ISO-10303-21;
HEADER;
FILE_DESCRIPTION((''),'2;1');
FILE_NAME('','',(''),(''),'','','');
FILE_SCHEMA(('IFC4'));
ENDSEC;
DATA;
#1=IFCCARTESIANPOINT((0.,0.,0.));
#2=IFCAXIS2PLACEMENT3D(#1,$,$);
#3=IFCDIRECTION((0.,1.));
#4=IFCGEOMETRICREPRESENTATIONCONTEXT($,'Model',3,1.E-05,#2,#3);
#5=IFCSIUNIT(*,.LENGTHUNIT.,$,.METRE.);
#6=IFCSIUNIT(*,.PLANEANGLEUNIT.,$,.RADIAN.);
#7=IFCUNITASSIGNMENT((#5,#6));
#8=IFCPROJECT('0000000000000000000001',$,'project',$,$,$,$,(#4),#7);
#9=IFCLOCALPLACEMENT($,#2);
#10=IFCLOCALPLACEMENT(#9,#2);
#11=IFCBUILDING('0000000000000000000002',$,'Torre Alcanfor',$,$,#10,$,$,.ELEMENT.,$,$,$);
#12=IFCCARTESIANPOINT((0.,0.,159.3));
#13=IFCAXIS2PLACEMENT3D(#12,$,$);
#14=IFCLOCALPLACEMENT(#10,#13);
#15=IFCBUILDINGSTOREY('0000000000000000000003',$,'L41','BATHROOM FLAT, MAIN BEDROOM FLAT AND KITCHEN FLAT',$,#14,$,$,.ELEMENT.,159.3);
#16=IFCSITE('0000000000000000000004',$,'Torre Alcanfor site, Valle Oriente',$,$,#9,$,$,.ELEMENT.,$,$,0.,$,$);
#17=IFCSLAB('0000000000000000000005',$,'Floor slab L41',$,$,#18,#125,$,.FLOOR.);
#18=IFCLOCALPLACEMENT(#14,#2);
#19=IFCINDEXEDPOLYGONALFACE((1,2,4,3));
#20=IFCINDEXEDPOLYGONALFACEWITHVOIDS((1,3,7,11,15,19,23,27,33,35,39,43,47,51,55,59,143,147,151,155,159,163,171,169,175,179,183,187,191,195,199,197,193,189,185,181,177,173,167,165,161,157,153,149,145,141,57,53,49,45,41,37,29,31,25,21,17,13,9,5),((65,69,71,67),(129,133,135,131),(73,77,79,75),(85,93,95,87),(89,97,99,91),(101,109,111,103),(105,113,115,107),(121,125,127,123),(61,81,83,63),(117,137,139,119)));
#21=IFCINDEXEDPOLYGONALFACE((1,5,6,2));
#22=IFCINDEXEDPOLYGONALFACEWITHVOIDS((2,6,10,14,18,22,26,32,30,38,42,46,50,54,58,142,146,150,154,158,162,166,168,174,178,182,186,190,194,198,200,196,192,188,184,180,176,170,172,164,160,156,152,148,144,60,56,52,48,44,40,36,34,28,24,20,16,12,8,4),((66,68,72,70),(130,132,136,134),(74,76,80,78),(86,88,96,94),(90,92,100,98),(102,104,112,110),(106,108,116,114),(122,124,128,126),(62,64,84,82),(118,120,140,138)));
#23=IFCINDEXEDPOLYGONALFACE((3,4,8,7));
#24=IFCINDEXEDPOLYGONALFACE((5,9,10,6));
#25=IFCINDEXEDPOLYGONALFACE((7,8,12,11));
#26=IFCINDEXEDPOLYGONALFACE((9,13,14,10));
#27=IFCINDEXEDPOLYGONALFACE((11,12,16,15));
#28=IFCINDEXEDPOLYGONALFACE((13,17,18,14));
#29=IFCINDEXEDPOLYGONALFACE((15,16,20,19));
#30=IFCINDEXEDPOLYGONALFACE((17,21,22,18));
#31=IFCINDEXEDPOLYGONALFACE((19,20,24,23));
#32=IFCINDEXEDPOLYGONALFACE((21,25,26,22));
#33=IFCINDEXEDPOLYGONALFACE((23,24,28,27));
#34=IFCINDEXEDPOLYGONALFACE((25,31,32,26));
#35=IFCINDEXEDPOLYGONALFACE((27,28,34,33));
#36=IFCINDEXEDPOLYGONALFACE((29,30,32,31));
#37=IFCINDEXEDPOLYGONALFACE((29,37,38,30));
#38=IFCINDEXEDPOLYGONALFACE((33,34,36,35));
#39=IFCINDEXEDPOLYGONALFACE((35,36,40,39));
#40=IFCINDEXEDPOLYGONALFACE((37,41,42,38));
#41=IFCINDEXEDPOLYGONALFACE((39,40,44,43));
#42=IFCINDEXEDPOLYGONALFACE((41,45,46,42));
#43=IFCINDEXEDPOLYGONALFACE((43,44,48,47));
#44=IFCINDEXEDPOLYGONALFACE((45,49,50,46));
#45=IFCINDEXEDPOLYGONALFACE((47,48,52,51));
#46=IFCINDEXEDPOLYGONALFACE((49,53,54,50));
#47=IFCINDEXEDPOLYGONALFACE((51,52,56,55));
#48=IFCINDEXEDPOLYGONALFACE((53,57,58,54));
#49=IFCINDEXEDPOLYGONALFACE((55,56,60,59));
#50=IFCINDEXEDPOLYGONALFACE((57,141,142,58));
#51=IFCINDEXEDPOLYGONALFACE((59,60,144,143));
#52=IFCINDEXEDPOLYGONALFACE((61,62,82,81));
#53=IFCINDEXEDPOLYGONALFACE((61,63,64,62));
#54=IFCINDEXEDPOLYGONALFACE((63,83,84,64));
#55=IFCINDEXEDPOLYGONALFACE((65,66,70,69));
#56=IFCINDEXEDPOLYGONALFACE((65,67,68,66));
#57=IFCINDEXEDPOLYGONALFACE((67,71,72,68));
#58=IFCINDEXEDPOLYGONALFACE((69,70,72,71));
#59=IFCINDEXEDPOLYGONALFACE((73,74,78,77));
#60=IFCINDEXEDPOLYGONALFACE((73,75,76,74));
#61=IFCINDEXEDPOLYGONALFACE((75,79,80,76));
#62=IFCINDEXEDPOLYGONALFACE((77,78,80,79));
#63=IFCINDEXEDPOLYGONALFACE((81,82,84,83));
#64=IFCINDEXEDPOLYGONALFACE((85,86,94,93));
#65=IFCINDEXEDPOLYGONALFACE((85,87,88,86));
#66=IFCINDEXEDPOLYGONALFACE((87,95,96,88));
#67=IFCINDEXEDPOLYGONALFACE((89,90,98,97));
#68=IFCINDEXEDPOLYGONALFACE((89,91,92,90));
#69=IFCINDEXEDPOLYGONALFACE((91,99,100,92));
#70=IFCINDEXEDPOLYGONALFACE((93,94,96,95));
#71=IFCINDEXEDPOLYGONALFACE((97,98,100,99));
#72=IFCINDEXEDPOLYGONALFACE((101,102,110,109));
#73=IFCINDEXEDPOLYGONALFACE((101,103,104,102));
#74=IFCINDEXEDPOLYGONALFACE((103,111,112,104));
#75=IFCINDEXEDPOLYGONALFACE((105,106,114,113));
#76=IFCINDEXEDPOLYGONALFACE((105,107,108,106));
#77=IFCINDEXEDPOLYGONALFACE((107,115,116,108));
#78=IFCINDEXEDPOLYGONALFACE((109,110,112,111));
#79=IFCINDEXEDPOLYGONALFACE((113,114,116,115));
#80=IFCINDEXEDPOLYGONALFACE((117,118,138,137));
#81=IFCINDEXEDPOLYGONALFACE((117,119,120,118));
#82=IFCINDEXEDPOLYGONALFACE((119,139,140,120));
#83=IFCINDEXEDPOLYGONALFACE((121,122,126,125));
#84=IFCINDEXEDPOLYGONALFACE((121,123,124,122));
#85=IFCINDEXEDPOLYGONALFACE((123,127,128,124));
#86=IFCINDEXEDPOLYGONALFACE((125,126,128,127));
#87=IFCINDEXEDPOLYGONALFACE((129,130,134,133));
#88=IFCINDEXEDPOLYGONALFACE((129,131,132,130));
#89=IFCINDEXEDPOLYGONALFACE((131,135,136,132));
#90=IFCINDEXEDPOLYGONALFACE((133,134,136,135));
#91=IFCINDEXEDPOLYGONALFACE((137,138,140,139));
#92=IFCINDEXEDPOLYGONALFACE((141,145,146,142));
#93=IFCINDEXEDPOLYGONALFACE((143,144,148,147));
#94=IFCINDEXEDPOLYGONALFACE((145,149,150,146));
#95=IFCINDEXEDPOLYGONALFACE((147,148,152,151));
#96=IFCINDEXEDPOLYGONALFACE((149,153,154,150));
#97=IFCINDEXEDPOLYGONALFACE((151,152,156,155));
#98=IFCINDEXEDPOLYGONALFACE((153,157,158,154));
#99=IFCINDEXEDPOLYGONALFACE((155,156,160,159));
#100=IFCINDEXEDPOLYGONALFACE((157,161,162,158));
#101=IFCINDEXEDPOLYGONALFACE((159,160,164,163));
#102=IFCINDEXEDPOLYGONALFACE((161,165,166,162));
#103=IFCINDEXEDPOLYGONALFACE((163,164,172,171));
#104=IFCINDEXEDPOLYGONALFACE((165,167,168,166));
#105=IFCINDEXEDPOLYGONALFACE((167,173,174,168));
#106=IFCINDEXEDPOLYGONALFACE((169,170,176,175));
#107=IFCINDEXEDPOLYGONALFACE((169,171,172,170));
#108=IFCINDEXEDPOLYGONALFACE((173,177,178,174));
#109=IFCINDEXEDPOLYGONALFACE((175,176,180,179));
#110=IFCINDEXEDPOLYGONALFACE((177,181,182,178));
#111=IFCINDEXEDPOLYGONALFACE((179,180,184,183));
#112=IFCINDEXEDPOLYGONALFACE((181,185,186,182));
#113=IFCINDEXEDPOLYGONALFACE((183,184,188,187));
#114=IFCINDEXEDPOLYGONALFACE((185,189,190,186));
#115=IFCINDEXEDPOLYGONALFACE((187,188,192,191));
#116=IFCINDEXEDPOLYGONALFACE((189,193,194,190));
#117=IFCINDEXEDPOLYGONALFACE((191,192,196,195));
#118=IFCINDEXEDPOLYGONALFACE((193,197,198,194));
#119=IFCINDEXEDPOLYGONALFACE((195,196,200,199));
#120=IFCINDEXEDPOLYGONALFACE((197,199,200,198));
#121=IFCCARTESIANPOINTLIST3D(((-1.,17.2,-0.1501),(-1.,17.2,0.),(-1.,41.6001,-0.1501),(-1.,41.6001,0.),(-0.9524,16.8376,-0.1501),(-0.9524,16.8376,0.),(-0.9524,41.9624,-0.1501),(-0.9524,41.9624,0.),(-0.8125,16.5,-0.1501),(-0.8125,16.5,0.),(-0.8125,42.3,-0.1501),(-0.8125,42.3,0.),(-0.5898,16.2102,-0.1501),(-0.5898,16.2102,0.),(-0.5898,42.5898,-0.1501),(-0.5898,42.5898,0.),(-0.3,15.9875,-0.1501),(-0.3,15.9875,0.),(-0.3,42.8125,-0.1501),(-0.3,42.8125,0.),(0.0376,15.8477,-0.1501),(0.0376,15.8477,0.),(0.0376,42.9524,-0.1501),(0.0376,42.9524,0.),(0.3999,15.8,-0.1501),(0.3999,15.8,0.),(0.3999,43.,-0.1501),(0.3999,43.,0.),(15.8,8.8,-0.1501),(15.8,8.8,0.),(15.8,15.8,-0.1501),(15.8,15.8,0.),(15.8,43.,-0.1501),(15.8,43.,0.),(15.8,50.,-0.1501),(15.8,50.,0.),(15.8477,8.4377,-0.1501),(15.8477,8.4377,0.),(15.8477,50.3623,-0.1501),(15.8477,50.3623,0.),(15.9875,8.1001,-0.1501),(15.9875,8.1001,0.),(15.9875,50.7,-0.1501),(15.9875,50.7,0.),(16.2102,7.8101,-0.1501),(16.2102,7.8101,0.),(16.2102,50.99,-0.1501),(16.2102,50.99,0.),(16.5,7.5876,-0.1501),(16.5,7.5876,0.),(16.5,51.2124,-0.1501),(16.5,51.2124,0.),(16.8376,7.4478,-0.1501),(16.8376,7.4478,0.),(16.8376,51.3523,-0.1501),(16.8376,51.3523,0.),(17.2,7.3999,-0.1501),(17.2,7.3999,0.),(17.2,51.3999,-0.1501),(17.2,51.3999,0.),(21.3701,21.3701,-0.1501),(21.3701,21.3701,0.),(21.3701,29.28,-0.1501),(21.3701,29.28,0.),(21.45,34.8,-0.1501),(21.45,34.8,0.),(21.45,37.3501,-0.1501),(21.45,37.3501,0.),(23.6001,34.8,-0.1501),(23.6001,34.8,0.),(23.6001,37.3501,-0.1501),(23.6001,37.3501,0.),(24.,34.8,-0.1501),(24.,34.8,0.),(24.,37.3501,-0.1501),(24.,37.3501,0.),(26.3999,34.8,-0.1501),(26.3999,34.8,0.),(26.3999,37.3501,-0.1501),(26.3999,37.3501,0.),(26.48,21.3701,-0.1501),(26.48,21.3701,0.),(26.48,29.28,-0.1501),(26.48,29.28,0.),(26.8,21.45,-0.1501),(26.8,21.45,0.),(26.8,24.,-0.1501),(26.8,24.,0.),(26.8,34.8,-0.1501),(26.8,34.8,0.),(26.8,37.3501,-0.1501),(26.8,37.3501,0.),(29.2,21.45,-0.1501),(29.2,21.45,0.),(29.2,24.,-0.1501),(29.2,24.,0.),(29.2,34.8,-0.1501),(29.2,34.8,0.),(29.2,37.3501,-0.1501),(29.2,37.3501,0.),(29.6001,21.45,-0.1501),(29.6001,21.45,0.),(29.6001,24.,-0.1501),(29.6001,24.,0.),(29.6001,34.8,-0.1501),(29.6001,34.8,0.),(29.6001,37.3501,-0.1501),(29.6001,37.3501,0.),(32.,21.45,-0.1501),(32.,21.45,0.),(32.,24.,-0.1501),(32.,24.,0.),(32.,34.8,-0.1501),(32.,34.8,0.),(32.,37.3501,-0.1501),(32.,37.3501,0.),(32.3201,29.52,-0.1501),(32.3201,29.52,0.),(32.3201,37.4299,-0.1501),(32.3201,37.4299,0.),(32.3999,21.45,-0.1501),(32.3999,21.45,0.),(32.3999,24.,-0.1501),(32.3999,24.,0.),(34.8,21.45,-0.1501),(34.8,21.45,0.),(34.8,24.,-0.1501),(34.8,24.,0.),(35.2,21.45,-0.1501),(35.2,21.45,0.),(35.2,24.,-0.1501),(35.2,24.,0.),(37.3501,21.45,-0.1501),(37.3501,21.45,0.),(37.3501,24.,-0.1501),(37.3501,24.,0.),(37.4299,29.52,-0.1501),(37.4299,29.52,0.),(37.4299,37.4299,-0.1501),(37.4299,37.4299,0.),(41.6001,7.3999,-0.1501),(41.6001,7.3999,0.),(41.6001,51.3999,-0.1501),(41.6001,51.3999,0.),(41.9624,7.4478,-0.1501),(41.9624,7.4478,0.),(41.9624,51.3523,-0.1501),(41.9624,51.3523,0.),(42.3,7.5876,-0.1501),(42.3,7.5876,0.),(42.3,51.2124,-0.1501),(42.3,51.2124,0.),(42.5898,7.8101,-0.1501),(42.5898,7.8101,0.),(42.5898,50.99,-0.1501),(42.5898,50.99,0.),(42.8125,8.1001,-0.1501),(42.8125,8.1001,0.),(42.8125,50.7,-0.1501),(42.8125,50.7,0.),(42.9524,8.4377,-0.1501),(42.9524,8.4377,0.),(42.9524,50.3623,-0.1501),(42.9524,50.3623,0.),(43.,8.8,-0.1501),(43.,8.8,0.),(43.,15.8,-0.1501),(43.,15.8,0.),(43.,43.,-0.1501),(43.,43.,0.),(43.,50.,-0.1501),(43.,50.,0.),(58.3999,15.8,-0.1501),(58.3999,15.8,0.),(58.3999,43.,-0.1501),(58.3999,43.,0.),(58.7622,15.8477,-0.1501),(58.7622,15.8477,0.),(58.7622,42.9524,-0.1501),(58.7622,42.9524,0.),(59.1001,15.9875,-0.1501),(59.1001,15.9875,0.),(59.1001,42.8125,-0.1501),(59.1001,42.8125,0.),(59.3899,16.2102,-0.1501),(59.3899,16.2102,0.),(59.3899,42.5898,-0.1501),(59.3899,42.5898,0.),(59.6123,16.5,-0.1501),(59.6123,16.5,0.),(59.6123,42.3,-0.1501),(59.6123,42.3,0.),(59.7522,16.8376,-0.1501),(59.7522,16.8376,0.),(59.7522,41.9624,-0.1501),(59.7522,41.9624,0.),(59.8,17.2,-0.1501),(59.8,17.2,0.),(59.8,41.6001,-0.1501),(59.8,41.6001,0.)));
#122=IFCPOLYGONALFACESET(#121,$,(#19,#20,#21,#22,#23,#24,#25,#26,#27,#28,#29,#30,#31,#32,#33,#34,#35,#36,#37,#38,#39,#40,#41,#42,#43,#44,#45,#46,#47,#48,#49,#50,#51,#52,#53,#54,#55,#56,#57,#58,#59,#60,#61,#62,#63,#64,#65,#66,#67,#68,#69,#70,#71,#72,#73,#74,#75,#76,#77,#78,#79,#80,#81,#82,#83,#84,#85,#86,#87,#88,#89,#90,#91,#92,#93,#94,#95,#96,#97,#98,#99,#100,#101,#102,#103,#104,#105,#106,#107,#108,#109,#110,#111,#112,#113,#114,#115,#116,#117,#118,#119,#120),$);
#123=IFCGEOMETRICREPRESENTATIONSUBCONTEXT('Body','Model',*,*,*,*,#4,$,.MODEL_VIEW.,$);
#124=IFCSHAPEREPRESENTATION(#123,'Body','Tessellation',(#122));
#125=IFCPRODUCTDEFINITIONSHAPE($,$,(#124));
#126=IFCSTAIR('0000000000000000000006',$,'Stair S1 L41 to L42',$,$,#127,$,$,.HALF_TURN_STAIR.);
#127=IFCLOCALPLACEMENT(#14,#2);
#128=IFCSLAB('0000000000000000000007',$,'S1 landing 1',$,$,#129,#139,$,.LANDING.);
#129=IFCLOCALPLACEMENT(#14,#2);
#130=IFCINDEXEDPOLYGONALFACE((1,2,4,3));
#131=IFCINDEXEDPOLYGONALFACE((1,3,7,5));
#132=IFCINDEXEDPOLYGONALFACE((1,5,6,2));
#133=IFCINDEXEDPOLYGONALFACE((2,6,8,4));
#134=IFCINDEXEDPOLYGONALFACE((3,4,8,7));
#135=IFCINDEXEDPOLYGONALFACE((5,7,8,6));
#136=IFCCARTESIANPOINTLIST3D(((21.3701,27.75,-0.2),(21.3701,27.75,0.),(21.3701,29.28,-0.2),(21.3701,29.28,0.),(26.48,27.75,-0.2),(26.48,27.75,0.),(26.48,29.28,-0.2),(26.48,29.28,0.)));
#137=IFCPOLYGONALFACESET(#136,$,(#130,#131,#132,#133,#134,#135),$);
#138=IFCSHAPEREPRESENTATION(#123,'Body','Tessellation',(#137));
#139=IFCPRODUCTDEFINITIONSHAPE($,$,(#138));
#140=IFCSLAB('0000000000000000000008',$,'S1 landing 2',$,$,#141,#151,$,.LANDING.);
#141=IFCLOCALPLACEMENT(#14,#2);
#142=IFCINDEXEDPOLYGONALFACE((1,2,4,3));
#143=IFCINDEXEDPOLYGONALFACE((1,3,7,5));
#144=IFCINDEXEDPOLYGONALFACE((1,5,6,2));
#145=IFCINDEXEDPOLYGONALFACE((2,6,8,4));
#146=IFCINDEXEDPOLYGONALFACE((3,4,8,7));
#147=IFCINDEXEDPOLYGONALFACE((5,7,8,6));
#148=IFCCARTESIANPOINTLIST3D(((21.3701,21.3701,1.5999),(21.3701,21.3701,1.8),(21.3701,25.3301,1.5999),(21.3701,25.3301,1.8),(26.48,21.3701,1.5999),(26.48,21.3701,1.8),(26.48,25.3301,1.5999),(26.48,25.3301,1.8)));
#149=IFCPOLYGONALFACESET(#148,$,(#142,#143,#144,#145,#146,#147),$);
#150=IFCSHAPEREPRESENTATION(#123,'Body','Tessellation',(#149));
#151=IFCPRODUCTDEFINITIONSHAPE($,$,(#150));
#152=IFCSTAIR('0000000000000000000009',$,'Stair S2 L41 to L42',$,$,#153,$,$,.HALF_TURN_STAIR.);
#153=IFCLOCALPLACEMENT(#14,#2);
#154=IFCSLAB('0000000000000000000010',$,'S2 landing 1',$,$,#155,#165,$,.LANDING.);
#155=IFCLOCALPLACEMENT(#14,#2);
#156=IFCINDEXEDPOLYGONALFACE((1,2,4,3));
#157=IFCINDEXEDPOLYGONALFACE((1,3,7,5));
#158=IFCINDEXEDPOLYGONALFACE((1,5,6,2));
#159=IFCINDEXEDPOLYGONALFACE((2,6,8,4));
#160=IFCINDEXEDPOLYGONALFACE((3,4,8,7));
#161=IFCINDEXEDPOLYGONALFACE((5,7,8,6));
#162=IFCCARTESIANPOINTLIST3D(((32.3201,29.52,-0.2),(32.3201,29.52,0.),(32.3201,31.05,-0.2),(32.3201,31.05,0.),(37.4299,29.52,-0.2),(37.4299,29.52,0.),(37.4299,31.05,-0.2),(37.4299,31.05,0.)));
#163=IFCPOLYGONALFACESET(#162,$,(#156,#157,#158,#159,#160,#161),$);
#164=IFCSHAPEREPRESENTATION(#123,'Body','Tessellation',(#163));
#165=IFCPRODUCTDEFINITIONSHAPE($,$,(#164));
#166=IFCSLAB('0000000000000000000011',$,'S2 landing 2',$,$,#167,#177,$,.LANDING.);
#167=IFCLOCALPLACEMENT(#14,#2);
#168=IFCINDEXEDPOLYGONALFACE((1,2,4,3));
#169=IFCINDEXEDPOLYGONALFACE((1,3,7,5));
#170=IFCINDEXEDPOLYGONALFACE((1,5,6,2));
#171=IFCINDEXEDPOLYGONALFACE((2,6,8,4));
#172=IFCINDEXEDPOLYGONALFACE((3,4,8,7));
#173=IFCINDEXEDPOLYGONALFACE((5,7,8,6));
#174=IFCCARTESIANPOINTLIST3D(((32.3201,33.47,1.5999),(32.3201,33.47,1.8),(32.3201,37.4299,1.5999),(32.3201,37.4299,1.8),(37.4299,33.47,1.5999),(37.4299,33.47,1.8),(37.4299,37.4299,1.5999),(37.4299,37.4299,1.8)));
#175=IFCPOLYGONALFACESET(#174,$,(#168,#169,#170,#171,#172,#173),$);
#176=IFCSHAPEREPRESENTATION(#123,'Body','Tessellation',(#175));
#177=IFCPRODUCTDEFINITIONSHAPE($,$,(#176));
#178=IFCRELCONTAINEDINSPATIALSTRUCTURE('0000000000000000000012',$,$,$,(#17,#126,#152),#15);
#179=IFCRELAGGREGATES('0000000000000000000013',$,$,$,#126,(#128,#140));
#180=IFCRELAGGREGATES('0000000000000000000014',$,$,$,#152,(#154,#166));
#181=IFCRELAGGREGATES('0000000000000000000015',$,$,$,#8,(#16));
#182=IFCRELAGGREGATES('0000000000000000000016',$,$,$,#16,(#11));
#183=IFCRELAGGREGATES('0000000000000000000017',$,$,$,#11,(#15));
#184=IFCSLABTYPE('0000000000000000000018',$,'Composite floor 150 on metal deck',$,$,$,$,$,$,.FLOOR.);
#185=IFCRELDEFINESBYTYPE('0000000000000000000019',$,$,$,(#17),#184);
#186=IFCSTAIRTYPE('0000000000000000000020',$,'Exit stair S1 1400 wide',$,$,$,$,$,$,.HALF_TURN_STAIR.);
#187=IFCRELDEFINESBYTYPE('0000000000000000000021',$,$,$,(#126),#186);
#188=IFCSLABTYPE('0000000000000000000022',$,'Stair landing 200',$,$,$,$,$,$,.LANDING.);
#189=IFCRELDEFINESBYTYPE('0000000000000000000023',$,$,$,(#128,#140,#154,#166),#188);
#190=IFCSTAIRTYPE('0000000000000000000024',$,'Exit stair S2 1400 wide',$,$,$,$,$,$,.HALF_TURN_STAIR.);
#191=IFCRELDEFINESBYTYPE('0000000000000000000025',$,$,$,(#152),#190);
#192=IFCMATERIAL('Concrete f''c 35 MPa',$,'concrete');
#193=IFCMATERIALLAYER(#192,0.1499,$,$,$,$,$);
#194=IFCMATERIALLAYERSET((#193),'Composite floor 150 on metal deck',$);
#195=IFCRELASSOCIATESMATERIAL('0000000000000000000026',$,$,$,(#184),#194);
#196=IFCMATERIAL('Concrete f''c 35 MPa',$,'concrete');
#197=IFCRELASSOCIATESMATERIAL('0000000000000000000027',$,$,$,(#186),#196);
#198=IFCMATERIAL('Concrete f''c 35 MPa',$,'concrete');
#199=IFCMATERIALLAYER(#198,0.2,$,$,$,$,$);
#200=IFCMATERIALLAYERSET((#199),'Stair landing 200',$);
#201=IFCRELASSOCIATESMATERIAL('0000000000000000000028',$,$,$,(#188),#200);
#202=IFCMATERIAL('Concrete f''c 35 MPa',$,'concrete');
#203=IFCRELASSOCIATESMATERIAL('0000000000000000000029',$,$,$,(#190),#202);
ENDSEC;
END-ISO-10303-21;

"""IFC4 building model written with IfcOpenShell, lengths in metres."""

from ifc_helpers import new_model, si_unit, direction, frame, origin, place, context, subcontext, project, spatial, polyline, outline, extrude, material, layer, layer_set, type_object, element, aggregate, save


model = new_model("IFC4")

# Units and contexts
model_context = context("Model", 3, precision=1e-05, world=origin(), true_north=direction((0.0, 1.0)))
body_context = subcontext(model_context, "Body", "Model", "MODEL_VIEW")
ifc_project = project(units=[si_unit("LENGTHUNIT", "METRE"), si_unit("PLANEANGLEUNIT", "RADIAN")], contexts=[model_context])

# Site, building, storey
site_placement = place(None, origin())
site = spatial("IfcSite", under=ifc_project, at=site_placement, Name="Torre Alcanfor site, Valle Oriente", CompositionType="ELEMENT", RefElevation=0.0)
building_placement = place(site_placement, origin())
building = spatial("IfcBuilding", under=site, at=building_placement, Name="Torre Alcanfor", CompositionType="ELEMENT")
storey_placement = place(building_placement, frame((0.0, 0.0, 159.3)))
storey = spatial("IfcBuildingStorey", under=building, at=storey_placement, Name="L41", Description="BATHROOM FLAT, MAIN BEDROOM FLAT AND KITCHEN FLAT", CompositionType="ELEMENT", Elevation=159.3)

# Slab
ifc_material_1 = material(Name="Concrete f'c 35 MPa", Category="concrete")
ifc_layer_1 = layer(ifc_material_1, 0.1499)
ifc_layer_set_1 = layer_set([ifc_layer_1], Name="Composite floor 150 on metal deck")
slab_type_1 = type_object("IfcSlabType", Name="Composite floor 150 on metal deck", PredefinedType="FLOOR", material=ifc_layer_set_1)
slab_1_placement = place(storey_placement, frame((0.0, 0.0, -0.1501)))
element("IfcSlab", 1, at=slab_1_placement, inside=storey, type_object=slab_type_1, Name="Floor slab L41", PredefinedType="FLOOR", context=body_context, shape_type="SweptSolid", body=[
    extrude(outline(polyline([(15.8, 43.0), (0.3999, 43.0), (0.0376, 42.9524), (-0.3, 42.8125), (-0.5898, 42.5898), (-0.8125, 42.3), (-0.9524, 41.9624), (-1.0, 41.6001), (-1.0, 17.2), (-0.9524, 16.8376), (-0.8125, 16.5), (-0.5898, 16.2102), (-0.3, 15.9875), (0.0376, 15.8477), (0.3999, 15.8), (15.8, 15.8), (15.8, 8.8), (15.8477, 8.4377), (15.9875, 8.1001), (16.2102, 7.8101), (16.5, 7.5876), (16.8376, 7.4478), (17.2, 7.3999), (41.6001, 7.3999), (41.9624, 7.4478), (42.3, 7.5876), (42.5898, 7.8101), (42.8125, 8.1001), (42.9524, 8.4377), (43.0, 8.8), (43.0, 15.8), (58.3999, 15.8), (58.7622, 15.8477), (59.1001, 15.9875), (59.3899, 16.2102), (59.6123, 16.5), (59.7522, 16.8376), (59.8, 17.2), (59.8, 41.6001), (59.7522, 41.9624), (59.6123, 42.3), (59.3899, 42.5898), (59.1001, 42.8125), (58.7622, 42.9524), (58.3999, 43.0), (43.0, 43.0), (43.0, 50.0), (42.9524, 50.3623), (42.8125, 50.7), (42.5898, 50.99), (42.3, 51.2124), (41.9624, 51.3523), (41.6001, 51.3999), (17.2, 51.3999), (16.8376, 51.3523), (16.5, 51.2124), (16.2102, 50.99), (15.9875, 50.7), (15.8477, 50.3623), (15.8, 50.0), (15.8, 43.0)]), holes=[polyline([(21.3701, 21.3701), (26.48, 21.3701), (26.48, 29.28), (21.3701, 29.28), (21.3701, 21.3701)]), polyline([(32.3201, 29.52), (37.4299, 29.52), (37.4299, 37.4299), (32.3201, 37.4299), (32.3201, 29.52)]), polyline([(26.8, 21.45), (29.2, 21.45), (29.2, 24.0), (26.8, 24.0), (26.8, 21.45)]), polyline([(29.6001, 21.45), (32.0, 21.45), (32.0, 24.0), (29.6001, 24.0), (29.6001, 21.45)]), polyline([(32.3999, 21.45), (34.8, 21.45), (34.8, 24.0), (32.3999, 24.0), (32.3999, 21.45)]), polyline([(35.2, 21.45), (37.3501, 21.45), (37.3501, 24.0), (35.2, 24.0), (35.2, 21.45)]), polyline([(21.45, 34.8), (23.6001, 34.8), (23.6001, 37.3501), (21.45, 37.3501), (21.45, 34.8)]), polyline([(24.0, 34.8), (26.3999, 34.8), (26.3999, 37.3501), (24.0, 37.3501), (24.0, 34.8)]), polyline([(26.8, 34.8), (29.2, 34.8), (29.2, 37.3501), (26.8, 37.3501), (26.8, 34.8)]), polyline([(29.6001, 34.8), (32.0, 34.8), (32.0, 37.3501), (29.6001, 37.3501), (29.6001, 34.8)])]), origin(), (0.0, 0.0, 1.0), 0.1501),
])

# Stairs, slabs
ifc_material_2 = material(Name="Concrete f'c 35 MPa", Category="concrete")
stair_type_1 = type_object("IfcStairType", Name="Exit stair S1 1400 wide", PredefinedType="HALF_TURN_STAIR", material=ifc_material_2)
stair_1_placement = place(storey_placement, origin())
stair_1 = element("IfcStair", 2, at=stair_1_placement, inside=storey, type_object=stair_type_1, Name="Stair S1 L41 to L42", PredefinedType="HALF_TURN_STAIR")
ifc_material_3 = material(Name="Concrete f'c 35 MPa", Category="concrete")
ifc_layer_2 = layer(ifc_material_3, 0.2)
ifc_layer_set_2 = layer_set([ifc_layer_2], Name="Stair landing 200")
slab_type_2 = type_object("IfcSlabType", Name="Stair landing 200", PredefinedType="LANDING", material=ifc_layer_set_2)
slab_2_placement = place(storey_placement, frame((0.0, 0.0, -0.2)))
slab_2 = element("IfcSlab", 3, at=slab_2_placement, type_object=slab_type_2, Name="S1 landing 1", PredefinedType="LANDING", context=body_context, shape_type="SweptSolid", body=[
    extrude(outline(polyline([(21.3701, 27.75), (26.48, 27.75), (26.48, 29.28), (21.3701, 29.28), (21.3701, 27.75)])), origin(), (0.0, 0.0, 1.0), 0.2),
])
slab_3_placement = place(storey_placement, frame((0.0, 0.0, 1.5999)))
slab_3 = element("IfcSlab", 4, at=slab_3_placement, type_object=slab_type_2, Name="S1 landing 2", PredefinedType="LANDING", context=body_context, shape_type="SweptSolid", body=[
    extrude(outline(polyline([(21.3701, 21.3701), (26.48, 21.3701), (26.48, 25.3301), (21.3701, 25.3301), (21.3701, 21.3701)])), origin(), (0.0, 0.0, 1.0), 0.2002),
])
aggregate(stair_1, [slab_2, slab_3])
ifc_material_4 = material(Name="Concrete f'c 35 MPa", Category="concrete")
stair_type_2 = type_object("IfcStairType", Name="Exit stair S2 1400 wide", PredefinedType="HALF_TURN_STAIR", material=ifc_material_4)
stair_2_placement = place(storey_placement, origin())
stair_2 = element("IfcStair", 5, at=stair_2_placement, inside=storey, type_object=stair_type_2, Name="Stair S2 L41 to L42", PredefinedType="HALF_TURN_STAIR")
slab_4_placement = place(storey_placement, frame((0.0, 0.0, -0.2)))
slab_4 = element("IfcSlab", 6, at=slab_4_placement, type_object=slab_type_2, Name="S2 landing 1", PredefinedType="LANDING", context=body_context, shape_type="SweptSolid", body=[
    extrude(outline(polyline([(32.3201, 29.52), (37.4299, 29.52), (37.4299, 31.05), (32.3201, 31.05), (32.3201, 29.52)])), origin(), (0.0, 0.0, 1.0), 0.2),
])
slab_5_placement = place(storey_placement, frame((0.0, 0.0, 1.5999)))
slab_5 = element("IfcSlab", 7, at=slab_5_placement, type_object=slab_type_2, Name="S2 landing 2", PredefinedType="LANDING", context=body_context, shape_type="SweptSolid", body=[
    extrude(outline(polyline([(32.3201, 33.47), (37.4299, 33.47), (37.4299, 37.4299), (32.3201, 37.4299), (32.3201, 33.47)])), origin(), (0.0, 0.0, 1.0), 0.2002),
])
aggregate(stair_2, [slab_4, slab_5])

save(model, "model.ifc")
